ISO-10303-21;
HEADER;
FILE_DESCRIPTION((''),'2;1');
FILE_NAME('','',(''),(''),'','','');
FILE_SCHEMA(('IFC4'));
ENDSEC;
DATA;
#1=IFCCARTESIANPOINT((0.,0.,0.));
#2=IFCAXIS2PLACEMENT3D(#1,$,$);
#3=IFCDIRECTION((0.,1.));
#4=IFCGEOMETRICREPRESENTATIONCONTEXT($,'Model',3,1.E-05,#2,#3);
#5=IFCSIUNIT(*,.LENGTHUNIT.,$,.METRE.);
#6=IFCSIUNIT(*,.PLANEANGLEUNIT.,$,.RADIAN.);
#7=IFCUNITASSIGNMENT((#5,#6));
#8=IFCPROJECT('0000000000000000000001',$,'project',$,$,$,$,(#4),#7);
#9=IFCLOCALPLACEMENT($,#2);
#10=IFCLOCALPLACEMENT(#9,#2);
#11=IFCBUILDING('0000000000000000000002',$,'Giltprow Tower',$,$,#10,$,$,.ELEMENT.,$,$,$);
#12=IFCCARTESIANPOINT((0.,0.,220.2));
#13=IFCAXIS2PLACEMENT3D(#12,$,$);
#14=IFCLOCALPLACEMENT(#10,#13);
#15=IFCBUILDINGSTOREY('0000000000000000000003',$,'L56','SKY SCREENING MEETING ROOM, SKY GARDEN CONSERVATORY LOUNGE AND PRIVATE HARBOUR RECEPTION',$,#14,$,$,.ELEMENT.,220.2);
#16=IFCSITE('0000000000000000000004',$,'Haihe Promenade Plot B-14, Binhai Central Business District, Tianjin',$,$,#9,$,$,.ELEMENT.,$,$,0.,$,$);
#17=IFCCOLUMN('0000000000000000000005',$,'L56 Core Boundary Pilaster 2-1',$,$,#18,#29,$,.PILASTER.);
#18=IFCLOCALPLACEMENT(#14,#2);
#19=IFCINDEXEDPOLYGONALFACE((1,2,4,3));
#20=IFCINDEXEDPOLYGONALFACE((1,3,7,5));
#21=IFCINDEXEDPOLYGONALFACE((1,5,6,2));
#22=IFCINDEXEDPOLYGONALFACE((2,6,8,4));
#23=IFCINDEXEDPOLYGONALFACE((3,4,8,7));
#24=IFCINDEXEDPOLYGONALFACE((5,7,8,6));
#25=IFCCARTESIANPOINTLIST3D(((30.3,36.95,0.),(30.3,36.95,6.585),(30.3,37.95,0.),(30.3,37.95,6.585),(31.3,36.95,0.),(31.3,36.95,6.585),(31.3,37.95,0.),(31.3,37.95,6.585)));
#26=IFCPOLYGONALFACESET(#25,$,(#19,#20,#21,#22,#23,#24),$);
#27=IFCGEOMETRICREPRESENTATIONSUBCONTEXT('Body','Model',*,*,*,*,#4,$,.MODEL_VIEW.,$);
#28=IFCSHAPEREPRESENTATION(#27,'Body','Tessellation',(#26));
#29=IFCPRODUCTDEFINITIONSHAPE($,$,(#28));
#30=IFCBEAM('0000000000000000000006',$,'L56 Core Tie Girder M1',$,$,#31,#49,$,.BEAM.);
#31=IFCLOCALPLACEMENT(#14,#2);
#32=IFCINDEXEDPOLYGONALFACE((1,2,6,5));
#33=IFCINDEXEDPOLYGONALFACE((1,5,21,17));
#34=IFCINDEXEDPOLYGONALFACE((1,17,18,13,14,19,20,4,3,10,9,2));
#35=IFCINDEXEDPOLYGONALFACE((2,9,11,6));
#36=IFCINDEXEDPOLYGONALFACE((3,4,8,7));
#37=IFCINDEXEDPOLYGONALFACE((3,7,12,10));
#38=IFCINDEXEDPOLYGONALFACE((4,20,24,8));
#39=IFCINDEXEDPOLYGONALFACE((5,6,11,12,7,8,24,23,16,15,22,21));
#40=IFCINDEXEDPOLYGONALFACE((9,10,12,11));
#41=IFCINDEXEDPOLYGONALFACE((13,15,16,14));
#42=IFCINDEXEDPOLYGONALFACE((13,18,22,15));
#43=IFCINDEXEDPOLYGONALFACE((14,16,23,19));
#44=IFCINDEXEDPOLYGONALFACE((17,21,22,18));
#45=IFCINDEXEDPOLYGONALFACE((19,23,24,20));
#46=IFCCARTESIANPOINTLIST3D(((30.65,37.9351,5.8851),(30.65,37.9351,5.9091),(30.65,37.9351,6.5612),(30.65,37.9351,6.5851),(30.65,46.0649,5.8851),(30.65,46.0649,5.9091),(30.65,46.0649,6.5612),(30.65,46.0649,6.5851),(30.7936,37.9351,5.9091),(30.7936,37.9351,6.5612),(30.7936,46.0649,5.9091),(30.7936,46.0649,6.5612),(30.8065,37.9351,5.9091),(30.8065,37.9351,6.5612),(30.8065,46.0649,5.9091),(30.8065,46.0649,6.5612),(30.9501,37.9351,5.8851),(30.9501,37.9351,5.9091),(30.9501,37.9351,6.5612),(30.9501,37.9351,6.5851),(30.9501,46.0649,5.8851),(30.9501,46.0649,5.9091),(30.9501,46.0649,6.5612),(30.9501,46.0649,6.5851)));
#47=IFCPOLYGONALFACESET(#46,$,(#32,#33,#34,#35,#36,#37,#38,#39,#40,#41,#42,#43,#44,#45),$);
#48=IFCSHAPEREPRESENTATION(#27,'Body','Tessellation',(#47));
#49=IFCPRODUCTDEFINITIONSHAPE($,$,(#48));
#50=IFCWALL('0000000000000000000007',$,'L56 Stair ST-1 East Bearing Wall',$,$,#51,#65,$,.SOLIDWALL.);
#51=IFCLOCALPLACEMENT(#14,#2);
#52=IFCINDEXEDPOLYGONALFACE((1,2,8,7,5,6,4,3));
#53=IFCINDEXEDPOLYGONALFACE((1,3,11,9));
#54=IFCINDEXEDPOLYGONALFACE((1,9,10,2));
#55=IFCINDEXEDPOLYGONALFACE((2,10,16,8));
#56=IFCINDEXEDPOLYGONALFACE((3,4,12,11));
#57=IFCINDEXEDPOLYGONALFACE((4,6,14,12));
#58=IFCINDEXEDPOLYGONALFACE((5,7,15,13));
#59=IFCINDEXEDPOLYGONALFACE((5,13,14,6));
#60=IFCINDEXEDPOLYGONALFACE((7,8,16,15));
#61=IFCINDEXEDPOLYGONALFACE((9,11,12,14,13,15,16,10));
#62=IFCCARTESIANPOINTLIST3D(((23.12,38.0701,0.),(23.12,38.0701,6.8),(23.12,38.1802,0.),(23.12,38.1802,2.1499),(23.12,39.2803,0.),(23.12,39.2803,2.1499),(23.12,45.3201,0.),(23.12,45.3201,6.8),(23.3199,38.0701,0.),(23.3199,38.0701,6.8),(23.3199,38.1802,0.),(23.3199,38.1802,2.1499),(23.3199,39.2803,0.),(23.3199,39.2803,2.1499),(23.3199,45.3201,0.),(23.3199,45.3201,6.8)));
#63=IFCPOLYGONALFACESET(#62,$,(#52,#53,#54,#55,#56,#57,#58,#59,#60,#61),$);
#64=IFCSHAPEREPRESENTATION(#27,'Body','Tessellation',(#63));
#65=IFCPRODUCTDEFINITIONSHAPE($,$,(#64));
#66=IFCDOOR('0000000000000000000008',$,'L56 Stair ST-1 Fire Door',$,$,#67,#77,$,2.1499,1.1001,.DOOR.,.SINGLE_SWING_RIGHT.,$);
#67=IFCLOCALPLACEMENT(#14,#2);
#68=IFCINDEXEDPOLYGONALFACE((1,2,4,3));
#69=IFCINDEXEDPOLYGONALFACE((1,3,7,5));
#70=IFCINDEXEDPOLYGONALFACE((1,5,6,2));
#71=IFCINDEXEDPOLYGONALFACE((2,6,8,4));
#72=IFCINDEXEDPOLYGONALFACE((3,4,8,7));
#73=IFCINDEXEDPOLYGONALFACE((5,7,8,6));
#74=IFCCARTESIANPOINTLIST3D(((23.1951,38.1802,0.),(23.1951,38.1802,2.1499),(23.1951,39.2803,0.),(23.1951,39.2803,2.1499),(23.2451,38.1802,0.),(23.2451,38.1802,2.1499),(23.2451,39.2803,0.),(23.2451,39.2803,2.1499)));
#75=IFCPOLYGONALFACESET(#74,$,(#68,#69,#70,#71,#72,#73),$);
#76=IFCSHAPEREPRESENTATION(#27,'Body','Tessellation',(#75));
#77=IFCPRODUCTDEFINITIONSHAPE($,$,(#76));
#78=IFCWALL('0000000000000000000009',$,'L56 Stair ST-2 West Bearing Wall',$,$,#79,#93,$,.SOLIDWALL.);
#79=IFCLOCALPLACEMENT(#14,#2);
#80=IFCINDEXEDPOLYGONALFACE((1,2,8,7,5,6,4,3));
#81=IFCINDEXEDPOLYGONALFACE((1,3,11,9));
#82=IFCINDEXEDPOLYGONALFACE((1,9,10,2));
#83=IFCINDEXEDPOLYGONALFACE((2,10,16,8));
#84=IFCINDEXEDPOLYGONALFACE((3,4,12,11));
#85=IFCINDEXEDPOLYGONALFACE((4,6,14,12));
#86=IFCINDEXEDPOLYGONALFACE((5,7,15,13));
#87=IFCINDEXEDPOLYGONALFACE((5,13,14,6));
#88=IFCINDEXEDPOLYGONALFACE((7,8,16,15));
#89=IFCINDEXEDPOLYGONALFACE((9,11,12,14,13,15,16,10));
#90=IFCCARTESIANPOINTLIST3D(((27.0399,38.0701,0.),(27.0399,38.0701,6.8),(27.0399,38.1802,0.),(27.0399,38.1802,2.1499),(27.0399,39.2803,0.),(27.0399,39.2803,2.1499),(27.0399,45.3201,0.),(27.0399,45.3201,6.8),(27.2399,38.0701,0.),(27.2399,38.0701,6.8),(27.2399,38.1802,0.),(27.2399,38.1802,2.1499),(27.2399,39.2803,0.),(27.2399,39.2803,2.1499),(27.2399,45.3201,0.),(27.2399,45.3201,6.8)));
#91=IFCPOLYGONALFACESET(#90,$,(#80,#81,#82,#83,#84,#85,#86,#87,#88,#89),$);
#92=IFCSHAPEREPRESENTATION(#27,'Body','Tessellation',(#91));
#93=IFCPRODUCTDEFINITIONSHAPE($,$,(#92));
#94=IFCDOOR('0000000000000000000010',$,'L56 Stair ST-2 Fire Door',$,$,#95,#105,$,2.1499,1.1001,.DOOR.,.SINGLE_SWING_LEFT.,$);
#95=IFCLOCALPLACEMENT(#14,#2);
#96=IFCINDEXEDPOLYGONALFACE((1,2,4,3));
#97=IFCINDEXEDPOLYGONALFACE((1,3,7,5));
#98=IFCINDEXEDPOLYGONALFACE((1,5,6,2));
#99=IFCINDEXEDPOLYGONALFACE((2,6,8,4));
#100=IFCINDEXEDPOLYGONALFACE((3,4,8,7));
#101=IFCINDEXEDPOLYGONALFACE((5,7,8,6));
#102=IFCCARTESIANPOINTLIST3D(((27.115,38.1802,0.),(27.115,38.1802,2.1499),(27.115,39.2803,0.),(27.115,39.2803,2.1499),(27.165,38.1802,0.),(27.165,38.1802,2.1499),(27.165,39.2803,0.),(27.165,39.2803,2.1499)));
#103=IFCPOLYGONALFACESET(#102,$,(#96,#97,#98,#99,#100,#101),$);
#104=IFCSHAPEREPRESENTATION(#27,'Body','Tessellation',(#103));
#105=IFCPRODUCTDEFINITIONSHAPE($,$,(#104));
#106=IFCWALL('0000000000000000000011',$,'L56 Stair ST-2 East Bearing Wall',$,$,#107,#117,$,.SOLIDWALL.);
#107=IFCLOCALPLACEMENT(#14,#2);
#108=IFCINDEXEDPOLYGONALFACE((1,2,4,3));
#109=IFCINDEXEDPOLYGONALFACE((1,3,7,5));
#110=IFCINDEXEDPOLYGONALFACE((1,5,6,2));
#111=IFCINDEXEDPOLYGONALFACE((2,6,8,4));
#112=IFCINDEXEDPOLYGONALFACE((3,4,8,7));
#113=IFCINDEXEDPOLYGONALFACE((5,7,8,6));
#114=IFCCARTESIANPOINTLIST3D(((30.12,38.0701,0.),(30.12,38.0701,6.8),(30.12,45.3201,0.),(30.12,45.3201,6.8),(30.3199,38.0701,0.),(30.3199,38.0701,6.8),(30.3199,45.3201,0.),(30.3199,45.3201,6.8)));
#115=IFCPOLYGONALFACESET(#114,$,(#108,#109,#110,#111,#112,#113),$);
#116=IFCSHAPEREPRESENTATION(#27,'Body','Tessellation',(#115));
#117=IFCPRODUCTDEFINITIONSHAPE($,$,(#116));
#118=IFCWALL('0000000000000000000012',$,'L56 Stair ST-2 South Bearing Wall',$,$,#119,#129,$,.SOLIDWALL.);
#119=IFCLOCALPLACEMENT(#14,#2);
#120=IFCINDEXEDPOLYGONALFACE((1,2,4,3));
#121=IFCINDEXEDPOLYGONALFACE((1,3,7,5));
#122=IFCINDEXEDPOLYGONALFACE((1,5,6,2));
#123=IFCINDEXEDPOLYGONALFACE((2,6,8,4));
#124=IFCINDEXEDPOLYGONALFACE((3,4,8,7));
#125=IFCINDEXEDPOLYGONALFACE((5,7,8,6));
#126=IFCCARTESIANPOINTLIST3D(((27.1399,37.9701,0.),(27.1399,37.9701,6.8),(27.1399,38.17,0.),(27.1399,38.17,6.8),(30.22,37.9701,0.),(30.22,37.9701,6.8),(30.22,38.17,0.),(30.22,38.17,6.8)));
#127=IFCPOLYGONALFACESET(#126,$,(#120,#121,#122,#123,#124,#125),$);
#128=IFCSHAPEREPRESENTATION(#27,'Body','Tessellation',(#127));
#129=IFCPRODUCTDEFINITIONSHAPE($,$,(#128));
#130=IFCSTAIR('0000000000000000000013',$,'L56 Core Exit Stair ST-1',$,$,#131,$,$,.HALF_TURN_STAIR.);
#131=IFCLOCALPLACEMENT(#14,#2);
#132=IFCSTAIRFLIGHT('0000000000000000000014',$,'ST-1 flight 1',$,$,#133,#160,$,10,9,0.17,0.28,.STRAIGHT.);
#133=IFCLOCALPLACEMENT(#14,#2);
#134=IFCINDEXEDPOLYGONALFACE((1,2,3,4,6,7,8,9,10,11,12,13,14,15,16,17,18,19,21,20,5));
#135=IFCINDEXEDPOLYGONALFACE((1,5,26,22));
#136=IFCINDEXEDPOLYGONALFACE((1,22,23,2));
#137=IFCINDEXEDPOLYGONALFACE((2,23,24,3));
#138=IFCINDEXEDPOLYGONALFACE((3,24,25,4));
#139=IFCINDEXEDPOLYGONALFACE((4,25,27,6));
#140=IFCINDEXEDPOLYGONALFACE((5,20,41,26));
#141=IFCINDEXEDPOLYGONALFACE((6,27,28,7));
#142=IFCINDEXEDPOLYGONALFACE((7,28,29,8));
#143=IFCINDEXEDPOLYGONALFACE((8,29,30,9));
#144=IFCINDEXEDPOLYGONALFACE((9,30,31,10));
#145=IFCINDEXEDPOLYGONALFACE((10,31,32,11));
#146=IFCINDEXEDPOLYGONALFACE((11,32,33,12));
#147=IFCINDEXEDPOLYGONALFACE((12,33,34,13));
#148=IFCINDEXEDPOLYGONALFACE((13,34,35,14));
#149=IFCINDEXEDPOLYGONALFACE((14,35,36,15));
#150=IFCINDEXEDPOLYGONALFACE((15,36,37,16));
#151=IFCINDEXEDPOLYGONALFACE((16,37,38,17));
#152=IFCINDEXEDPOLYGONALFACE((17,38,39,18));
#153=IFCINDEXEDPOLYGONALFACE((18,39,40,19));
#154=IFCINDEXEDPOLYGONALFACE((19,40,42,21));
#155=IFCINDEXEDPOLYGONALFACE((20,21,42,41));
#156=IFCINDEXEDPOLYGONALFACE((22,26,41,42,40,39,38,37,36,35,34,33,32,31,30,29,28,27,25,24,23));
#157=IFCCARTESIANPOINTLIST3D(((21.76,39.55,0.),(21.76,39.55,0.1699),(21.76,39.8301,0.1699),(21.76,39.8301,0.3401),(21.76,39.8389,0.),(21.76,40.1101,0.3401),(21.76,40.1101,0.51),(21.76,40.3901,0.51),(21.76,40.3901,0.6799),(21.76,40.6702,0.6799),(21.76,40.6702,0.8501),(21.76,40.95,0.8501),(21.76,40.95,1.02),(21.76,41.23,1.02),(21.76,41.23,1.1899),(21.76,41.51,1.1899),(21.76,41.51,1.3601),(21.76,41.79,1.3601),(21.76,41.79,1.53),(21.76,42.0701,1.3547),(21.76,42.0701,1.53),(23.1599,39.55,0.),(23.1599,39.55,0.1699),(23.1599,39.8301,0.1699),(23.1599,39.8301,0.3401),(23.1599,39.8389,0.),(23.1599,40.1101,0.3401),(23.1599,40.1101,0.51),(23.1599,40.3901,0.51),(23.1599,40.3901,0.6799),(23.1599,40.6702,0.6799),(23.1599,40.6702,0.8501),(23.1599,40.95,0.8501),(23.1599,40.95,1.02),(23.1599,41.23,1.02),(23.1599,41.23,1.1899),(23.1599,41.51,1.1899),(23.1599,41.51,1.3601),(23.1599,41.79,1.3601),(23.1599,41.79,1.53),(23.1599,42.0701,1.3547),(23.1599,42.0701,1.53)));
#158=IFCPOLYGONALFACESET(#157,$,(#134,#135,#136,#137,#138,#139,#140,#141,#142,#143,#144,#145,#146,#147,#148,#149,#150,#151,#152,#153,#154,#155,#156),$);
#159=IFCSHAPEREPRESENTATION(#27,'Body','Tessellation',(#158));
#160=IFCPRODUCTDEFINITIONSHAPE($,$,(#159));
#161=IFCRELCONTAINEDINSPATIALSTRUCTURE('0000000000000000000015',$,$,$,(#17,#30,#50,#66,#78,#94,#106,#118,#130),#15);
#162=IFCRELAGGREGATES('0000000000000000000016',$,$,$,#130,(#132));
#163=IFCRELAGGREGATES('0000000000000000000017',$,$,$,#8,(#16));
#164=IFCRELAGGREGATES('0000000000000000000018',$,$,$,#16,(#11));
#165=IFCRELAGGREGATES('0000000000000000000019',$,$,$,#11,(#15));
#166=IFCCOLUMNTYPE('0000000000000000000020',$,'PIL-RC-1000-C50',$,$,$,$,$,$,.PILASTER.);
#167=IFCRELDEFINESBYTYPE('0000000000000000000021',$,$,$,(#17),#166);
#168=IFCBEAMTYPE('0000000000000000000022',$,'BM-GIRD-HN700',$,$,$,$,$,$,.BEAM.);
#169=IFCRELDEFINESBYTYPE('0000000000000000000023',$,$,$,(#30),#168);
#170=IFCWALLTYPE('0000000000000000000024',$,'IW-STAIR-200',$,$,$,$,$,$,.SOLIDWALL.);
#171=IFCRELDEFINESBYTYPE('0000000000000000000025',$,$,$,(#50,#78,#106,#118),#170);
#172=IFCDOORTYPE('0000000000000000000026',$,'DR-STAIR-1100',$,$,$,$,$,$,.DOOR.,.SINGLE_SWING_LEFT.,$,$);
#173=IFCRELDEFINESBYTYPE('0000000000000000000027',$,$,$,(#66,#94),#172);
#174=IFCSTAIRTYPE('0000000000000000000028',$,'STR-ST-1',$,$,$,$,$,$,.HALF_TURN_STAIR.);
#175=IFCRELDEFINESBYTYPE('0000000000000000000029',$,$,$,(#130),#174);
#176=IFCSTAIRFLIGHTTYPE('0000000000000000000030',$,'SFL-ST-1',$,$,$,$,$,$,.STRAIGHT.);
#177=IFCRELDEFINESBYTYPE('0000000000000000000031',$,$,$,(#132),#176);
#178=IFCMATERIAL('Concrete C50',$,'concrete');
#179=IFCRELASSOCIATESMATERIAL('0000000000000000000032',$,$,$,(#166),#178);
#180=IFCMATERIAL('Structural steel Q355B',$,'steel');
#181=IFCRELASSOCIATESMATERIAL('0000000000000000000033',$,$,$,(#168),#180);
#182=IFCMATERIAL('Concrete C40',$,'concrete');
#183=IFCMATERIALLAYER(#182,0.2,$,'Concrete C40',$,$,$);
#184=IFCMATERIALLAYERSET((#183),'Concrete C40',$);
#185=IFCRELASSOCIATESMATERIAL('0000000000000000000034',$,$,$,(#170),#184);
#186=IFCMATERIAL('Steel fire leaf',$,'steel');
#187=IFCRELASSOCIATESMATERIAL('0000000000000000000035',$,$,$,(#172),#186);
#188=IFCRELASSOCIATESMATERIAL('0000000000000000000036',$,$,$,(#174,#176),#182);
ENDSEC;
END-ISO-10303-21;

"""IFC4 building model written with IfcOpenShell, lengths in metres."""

from ifc_helpers import new_model, si_unit, direction, frame, frame_2d, origin, origin_2d, place, context, subcontext, project, spatial, polyline, rectangle, i_section, outline, extrude, source, transform, mapped, material, layer, layer_set, material_profile, profile_set, type_object, element, fill, aggregate, save


model = new_model("IFC4")

# Units and contexts
model_context = context("Model", 3, precision=1e-05, world=origin(), true_north=direction((0.0, 1.0)))
body_context = subcontext(model_context, "Body", "Model", "MODEL_VIEW")
ifc_project = project(units=[si_unit("LENGTHUNIT", "METRE"), si_unit("PLANEANGLEUNIT", "RADIAN")], contexts=[model_context])

# Site, building, storey
site_placement = place(None, origin())
site = spatial("IfcSite", under=ifc_project, at=site_placement, Name="Haihe Promenade Plot B-14, Binhai Central Business District, Tianjin", CompositionType="ELEMENT", RefElevation=0.0)
building_placement = place(site_placement, origin())
building = spatial("IfcBuilding", under=site, at=building_placement, Name="Giltprow Tower", CompositionType="ELEMENT")
storey_placement = place(building_placement, frame((0.0, 0.0, 220.2)))
storey = spatial("IfcBuildingStorey", under=building, at=storey_placement, Name="L56", Description="SKY SCREENING MEETING ROOM, SKY GARDEN CONSERVATORY LOUNGE AND PRIVATE HARBOUR RECEPTION", CompositionType="ELEMENT", Elevation=220.2)

# Column
ifc_material_1 = material(Name="Concrete C50", Category="concrete")
ifc_material_profile_1 = material_profile(ifc_material_1, rectangle(XDim=1.0, YDim=1.0, at=origin_2d()), Name="RC 1000x1000")
ifc_profile_set_1 = profile_set([ifc_material_profile_1], Name="Concrete C50")
column_type = type_object("IfcColumnType", Name="PIL-RC-1000-C50", PredefinedType="PILASTER", material=ifc_profile_set_1)
shared_shape_1 = source(origin(), body_context, "Body", "SweptSolid", [
    extrude(rectangle(XDim=1.0, YDim=1.0, at=origin_2d()), origin(), (0.0, 0.0, 1.0), 6.585),
])
column_placement = place(storey_placement, frame((30.8, 37.45, 0.0), z_axis=(0.0, 0.0, 1.0), x_axis=(1.0, 0.0, 0.0)))
element("IfcColumn", 1, at=column_placement, inside=storey, type_object=column_type, Name="L56 Core Boundary Pilaster 2-1", PredefinedType="PILASTER", context=body_context, shape_type="MappedRepresentation", body=[
    mapped(shared_shape_1, transform((0.0, 0.0, 0.0), x_axis=(1.0, 0.0, 0.0), y_axis=(0.0, 1.0, 0.0), z_axis=(0.0, 0.0, 1.0), scale=1.0)),
])

# Beam
ifc_material_2 = material(Name="Structural steel Q355B", Category="steel")
ifc_material_profile_2 = material_profile(ifc_material_2, i_section(OverallWidth=0.3, OverallDepth=0.7, WebThickness=0.0129, FlangeThickness=0.0239, at=origin_2d()), Name="HN 700x300x13x24")
ifc_profile_set_2 = profile_set([ifc_material_profile_2], Name="Structural steel Q355B")
beam_type = type_object("IfcBeamType", Name="BM-GIRD-HN700", PredefinedType="BEAM", material=ifc_profile_set_2)
shared_shape_2 = source(origin(), body_context, "Body", "SweptSolid", [
    extrude(i_section(OverallWidth=0.3, OverallDepth=0.7, WebThickness=0.0129, FlangeThickness=0.0239, at=origin_2d()), origin(), (0.0, 0.0, 1.0), 8.1299),
])
beam_placement = place(storey_placement, frame((30.8, 37.9351, 6.2351), z_axis=(0.0, 1.0, 0.0), x_axis=(-1.0, 0.0, 0.0)))
element("IfcBeam", 2, at=beam_placement, inside=storey, type_object=beam_type, Name="L56 Core Tie Girder M1", PredefinedType="BEAM", context=body_context, shape_type="MappedRepresentation", body=[
    mapped(shared_shape_2, transform((0.0, 0.0, 0.0), x_axis=(1.0, 0.0, 0.0), y_axis=(0.0, 1.0, 0.0), z_axis=(0.0, 0.0, 1.0), scale=1.0)),
])

# Walls, openings, doors
ifc_material_3 = material(Name="Concrete C40", Category="concrete")
ifc_layer = layer(ifc_material_3, 0.2, Name="Concrete C40")
ifc_layer_set = layer_set([ifc_layer], Name="Concrete C40")
wall_type = type_object("IfcWallType", Name="IW-STAIR-200", PredefinedType="SOLIDWALL", material=ifc_layer_set)
wall_1_placement = place(storey_placement, frame((23.22, 38.0701, 0.0), z_axis=(0.0, 0.0, 1.0), x_axis=(0.0, 1.0, 0.0)))
wall_1 = element("IfcWall", 3, at=wall_1_placement, inside=storey, type_object=wall_type, Name="L56 Stair ST-1 East Bearing Wall", PredefinedType="SOLIDWALL", context=body_context, shape_type="SweptSolid", body=[
    extrude(rectangle(XDim=7.25, YDim=0.2, at=frame_2d((3.625, 0.0))), origin(), (0.0, 0.0, 1.0), 6.8),
])
opening_1_placement = place(wall_1_placement, frame((0.1101, 0.0, 0.0)))
opening_1 = element("IfcOpeningElement", 4, at=opening_1_placement, cuts=wall_1, PredefinedType="OPENING", context=body_context, shape_type="SweptSolid", body=[
    extrude(rectangle(XDim=1.1001, YDim=2.1499, at=frame_2d((0.55, 1.075))), frame((0.0, 0.1099, 0.0), z_axis=(0.0, -1.0, 0.0), x_axis=(1.0, 0.0, 0.0)), (0.0, 0.0, 1.0), 0.22),
])
ifc_material_4 = material(Name="Steel fire leaf", Category="steel")
door_type = type_object("IfcDoorType", Name="DR-STAIR-1100", OperationType="SINGLE_SWING_LEFT", PredefinedType="DOOR", material=ifc_material_4)
shared_shape_3 = source(origin(), body_context, "Body", "SweptSolid", [
    extrude(rectangle(XDim=1.1001, YDim=2.1499, at=frame_2d((0.55, 1.075))), frame((0.0, 0.0249, 0.0), z_axis=(0.0, -1.0, 0.0), x_axis=(1.0, 0.0, 0.0)), (0.0, 0.0, 1.0), 0.05),
])
door_1_placement = place(opening_1_placement, origin())
door_1 = element("IfcDoor", 5, at=door_1_placement, inside=storey, type_object=door_type, Name="L56 Stair ST-1 Fire Door", OperationType="SINGLE_SWING_RIGHT", OverallHeight=2.1499, OverallWidth=1.1001, PredefinedType="DOOR", context=body_context, shape_type="MappedRepresentation", body=[
    mapped(shared_shape_3, transform((0.0, 0.0, 0.0), x_axis=(1.0, 0.0, 0.0), y_axis=(0.0, 1.0, 0.0), z_axis=(0.0, 0.0, 1.0), scale=1.0)),
])
fill(opening_1, door_1)
wall_2_placement = place(storey_placement, frame((27.1399, 38.0701, 0.0), z_axis=(0.0, 0.0, 1.0), x_axis=(0.0, 1.0, 0.0)))
wall_2 = element("IfcWall", 6, at=wall_2_placement, inside=storey, type_object=wall_type, Name="L56 Stair ST-2 West Bearing Wall", PredefinedType="SOLIDWALL", context=body_context, shape_type="SweptSolid", body=[
    extrude(rectangle(XDim=7.25, YDim=0.2, at=frame_2d((3.625, 0.0))), origin(), (0.0, 0.0, 1.0), 6.8),
])
opening_2_placement = place(wall_2_placement, frame((0.1101, 0.0, 0.0)))
opening_2 = element("IfcOpeningElement", 7, at=opening_2_placement, cuts=wall_2, PredefinedType="OPENING", context=body_context, shape_type="SweptSolid", body=[
    extrude(rectangle(XDim=1.1001, YDim=2.1499, at=frame_2d((0.55, 1.075))), frame((0.0, 0.1099, 0.0), z_axis=(0.0, -1.0, 0.0), x_axis=(1.0, 0.0, 0.0)), (0.0, 0.0, 1.0), 0.22),
])
door_2_placement = place(opening_2_placement, origin())
door_2 = element("IfcDoor", 8, at=door_2_placement, inside=storey, type_object=door_type, Name="L56 Stair ST-2 Fire Door", OperationType="SINGLE_SWING_LEFT", OverallHeight=2.1499, OverallWidth=1.1001, PredefinedType="DOOR", context=body_context, shape_type="MappedRepresentation", body=[
    mapped(shared_shape_3, transform((0.0, 0.0, 0.0), x_axis=(1.0, 0.0, 0.0), y_axis=(0.0, 1.0, 0.0), z_axis=(0.0, 0.0, 1.0), scale=1.0)),
])
fill(opening_2, door_2)

# Walls
wall_3_placement = place(storey_placement, frame((30.22, 38.0701, 0.0), z_axis=(0.0, 0.0, 1.0), x_axis=(0.0, 1.0, 0.0)))
element("IfcWall", 9, at=wall_3_placement, inside=storey, type_object=wall_type, Name="L56 Stair ST-2 East Bearing Wall", PredefinedType="SOLIDWALL", context=body_context, shape_type="SweptSolid", body=[
    extrude(rectangle(XDim=7.25, YDim=0.2, at=frame_2d((3.625, 0.0))), origin(), (0.0, 0.0, 1.0), 6.8),
])
wall_4_placement = place(storey_placement, frame((27.1399, 38.0701, 0.0), z_axis=(0.0, 0.0, 1.0), x_axis=(1.0, 0.0, 0.0)))
element("IfcWall", 10, at=wall_4_placement, inside=storey, type_object=wall_type, Name="L56 Stair ST-2 South Bearing Wall", PredefinedType="SOLIDWALL", context=body_context, shape_type="SweptSolid", body=[
    extrude(rectangle(XDim=3.0801, YDim=0.2, at=frame_2d((1.54, 0.0))), origin(), (0.0, 0.0, 1.0), 6.8),
])

# Stair, stair flight
stair_type_1 = type_object("IfcStairType", Name="STR-ST-1", PredefinedType="HALF_TURN_STAIR", material=ifc_material_3)
stair_1_placement = place(storey_placement, origin())
stair_1 = element("IfcStair", 11, at=stair_1_placement, inside=storey, type_object=stair_type_1, Name="L56 Core Exit Stair ST-1", PredefinedType="HALF_TURN_STAIR")
stair_flight_type_1 = type_object("IfcStairFlightType", Name="SFL-ST-1", PredefinedType="STRAIGHT", material=ifc_material_3)
stair_flight_1_placement = place(storey_placement, frame((22.46, 39.55, 0.0), z_axis=(0.0, 0.0, 1.0), x_axis=(0.0, 1.0, 0.0)))
stair_flight_1 = element("IfcStairFlight", 12, at=stair_flight_1_placement, type_object=stair_flight_type_1, Name="ST-1 flight 1", NumberOfRisers=10, NumberOfTreads=9, PredefinedType="STRAIGHT", RiserHeight=0.17, TreadLength=0.28, context=body_context, shape_type="SweptSolid", body=[
    extrude(outline(polyline([(0.0, 0.0), (0.0, 0.1699), (0.28, 0.1699), (0.28, 0.3401), (0.5601, 0.3401), (0.5601, 0.51), (0.8401, 0.51), (0.8401, 0.6799), (1.1201, 0.6799), (1.1201, 0.8501), (1.3999, 0.8501), (1.3999, 1.02), (1.6799, 1.02), (1.6799, 1.1899), (1.96, 1.1899), (1.96, 1.3601), (2.24, 1.3601), (2.24, 1.53), (2.52, 1.53), (2.52, 1.7), (2.52, 1.3547), (0.2888, 0.0), (0.0, 0.0)])), frame((0.0, 0.7, 0.0), z_axis=(0.0, -1.0, 0.0), x_axis=(1.0, 0.0, 0.0)), (0.0, 0.0, 1.0), 1.3999),
])
aggregate(stair_1, [stair_flight_1])

save(model, "model.ifc")
